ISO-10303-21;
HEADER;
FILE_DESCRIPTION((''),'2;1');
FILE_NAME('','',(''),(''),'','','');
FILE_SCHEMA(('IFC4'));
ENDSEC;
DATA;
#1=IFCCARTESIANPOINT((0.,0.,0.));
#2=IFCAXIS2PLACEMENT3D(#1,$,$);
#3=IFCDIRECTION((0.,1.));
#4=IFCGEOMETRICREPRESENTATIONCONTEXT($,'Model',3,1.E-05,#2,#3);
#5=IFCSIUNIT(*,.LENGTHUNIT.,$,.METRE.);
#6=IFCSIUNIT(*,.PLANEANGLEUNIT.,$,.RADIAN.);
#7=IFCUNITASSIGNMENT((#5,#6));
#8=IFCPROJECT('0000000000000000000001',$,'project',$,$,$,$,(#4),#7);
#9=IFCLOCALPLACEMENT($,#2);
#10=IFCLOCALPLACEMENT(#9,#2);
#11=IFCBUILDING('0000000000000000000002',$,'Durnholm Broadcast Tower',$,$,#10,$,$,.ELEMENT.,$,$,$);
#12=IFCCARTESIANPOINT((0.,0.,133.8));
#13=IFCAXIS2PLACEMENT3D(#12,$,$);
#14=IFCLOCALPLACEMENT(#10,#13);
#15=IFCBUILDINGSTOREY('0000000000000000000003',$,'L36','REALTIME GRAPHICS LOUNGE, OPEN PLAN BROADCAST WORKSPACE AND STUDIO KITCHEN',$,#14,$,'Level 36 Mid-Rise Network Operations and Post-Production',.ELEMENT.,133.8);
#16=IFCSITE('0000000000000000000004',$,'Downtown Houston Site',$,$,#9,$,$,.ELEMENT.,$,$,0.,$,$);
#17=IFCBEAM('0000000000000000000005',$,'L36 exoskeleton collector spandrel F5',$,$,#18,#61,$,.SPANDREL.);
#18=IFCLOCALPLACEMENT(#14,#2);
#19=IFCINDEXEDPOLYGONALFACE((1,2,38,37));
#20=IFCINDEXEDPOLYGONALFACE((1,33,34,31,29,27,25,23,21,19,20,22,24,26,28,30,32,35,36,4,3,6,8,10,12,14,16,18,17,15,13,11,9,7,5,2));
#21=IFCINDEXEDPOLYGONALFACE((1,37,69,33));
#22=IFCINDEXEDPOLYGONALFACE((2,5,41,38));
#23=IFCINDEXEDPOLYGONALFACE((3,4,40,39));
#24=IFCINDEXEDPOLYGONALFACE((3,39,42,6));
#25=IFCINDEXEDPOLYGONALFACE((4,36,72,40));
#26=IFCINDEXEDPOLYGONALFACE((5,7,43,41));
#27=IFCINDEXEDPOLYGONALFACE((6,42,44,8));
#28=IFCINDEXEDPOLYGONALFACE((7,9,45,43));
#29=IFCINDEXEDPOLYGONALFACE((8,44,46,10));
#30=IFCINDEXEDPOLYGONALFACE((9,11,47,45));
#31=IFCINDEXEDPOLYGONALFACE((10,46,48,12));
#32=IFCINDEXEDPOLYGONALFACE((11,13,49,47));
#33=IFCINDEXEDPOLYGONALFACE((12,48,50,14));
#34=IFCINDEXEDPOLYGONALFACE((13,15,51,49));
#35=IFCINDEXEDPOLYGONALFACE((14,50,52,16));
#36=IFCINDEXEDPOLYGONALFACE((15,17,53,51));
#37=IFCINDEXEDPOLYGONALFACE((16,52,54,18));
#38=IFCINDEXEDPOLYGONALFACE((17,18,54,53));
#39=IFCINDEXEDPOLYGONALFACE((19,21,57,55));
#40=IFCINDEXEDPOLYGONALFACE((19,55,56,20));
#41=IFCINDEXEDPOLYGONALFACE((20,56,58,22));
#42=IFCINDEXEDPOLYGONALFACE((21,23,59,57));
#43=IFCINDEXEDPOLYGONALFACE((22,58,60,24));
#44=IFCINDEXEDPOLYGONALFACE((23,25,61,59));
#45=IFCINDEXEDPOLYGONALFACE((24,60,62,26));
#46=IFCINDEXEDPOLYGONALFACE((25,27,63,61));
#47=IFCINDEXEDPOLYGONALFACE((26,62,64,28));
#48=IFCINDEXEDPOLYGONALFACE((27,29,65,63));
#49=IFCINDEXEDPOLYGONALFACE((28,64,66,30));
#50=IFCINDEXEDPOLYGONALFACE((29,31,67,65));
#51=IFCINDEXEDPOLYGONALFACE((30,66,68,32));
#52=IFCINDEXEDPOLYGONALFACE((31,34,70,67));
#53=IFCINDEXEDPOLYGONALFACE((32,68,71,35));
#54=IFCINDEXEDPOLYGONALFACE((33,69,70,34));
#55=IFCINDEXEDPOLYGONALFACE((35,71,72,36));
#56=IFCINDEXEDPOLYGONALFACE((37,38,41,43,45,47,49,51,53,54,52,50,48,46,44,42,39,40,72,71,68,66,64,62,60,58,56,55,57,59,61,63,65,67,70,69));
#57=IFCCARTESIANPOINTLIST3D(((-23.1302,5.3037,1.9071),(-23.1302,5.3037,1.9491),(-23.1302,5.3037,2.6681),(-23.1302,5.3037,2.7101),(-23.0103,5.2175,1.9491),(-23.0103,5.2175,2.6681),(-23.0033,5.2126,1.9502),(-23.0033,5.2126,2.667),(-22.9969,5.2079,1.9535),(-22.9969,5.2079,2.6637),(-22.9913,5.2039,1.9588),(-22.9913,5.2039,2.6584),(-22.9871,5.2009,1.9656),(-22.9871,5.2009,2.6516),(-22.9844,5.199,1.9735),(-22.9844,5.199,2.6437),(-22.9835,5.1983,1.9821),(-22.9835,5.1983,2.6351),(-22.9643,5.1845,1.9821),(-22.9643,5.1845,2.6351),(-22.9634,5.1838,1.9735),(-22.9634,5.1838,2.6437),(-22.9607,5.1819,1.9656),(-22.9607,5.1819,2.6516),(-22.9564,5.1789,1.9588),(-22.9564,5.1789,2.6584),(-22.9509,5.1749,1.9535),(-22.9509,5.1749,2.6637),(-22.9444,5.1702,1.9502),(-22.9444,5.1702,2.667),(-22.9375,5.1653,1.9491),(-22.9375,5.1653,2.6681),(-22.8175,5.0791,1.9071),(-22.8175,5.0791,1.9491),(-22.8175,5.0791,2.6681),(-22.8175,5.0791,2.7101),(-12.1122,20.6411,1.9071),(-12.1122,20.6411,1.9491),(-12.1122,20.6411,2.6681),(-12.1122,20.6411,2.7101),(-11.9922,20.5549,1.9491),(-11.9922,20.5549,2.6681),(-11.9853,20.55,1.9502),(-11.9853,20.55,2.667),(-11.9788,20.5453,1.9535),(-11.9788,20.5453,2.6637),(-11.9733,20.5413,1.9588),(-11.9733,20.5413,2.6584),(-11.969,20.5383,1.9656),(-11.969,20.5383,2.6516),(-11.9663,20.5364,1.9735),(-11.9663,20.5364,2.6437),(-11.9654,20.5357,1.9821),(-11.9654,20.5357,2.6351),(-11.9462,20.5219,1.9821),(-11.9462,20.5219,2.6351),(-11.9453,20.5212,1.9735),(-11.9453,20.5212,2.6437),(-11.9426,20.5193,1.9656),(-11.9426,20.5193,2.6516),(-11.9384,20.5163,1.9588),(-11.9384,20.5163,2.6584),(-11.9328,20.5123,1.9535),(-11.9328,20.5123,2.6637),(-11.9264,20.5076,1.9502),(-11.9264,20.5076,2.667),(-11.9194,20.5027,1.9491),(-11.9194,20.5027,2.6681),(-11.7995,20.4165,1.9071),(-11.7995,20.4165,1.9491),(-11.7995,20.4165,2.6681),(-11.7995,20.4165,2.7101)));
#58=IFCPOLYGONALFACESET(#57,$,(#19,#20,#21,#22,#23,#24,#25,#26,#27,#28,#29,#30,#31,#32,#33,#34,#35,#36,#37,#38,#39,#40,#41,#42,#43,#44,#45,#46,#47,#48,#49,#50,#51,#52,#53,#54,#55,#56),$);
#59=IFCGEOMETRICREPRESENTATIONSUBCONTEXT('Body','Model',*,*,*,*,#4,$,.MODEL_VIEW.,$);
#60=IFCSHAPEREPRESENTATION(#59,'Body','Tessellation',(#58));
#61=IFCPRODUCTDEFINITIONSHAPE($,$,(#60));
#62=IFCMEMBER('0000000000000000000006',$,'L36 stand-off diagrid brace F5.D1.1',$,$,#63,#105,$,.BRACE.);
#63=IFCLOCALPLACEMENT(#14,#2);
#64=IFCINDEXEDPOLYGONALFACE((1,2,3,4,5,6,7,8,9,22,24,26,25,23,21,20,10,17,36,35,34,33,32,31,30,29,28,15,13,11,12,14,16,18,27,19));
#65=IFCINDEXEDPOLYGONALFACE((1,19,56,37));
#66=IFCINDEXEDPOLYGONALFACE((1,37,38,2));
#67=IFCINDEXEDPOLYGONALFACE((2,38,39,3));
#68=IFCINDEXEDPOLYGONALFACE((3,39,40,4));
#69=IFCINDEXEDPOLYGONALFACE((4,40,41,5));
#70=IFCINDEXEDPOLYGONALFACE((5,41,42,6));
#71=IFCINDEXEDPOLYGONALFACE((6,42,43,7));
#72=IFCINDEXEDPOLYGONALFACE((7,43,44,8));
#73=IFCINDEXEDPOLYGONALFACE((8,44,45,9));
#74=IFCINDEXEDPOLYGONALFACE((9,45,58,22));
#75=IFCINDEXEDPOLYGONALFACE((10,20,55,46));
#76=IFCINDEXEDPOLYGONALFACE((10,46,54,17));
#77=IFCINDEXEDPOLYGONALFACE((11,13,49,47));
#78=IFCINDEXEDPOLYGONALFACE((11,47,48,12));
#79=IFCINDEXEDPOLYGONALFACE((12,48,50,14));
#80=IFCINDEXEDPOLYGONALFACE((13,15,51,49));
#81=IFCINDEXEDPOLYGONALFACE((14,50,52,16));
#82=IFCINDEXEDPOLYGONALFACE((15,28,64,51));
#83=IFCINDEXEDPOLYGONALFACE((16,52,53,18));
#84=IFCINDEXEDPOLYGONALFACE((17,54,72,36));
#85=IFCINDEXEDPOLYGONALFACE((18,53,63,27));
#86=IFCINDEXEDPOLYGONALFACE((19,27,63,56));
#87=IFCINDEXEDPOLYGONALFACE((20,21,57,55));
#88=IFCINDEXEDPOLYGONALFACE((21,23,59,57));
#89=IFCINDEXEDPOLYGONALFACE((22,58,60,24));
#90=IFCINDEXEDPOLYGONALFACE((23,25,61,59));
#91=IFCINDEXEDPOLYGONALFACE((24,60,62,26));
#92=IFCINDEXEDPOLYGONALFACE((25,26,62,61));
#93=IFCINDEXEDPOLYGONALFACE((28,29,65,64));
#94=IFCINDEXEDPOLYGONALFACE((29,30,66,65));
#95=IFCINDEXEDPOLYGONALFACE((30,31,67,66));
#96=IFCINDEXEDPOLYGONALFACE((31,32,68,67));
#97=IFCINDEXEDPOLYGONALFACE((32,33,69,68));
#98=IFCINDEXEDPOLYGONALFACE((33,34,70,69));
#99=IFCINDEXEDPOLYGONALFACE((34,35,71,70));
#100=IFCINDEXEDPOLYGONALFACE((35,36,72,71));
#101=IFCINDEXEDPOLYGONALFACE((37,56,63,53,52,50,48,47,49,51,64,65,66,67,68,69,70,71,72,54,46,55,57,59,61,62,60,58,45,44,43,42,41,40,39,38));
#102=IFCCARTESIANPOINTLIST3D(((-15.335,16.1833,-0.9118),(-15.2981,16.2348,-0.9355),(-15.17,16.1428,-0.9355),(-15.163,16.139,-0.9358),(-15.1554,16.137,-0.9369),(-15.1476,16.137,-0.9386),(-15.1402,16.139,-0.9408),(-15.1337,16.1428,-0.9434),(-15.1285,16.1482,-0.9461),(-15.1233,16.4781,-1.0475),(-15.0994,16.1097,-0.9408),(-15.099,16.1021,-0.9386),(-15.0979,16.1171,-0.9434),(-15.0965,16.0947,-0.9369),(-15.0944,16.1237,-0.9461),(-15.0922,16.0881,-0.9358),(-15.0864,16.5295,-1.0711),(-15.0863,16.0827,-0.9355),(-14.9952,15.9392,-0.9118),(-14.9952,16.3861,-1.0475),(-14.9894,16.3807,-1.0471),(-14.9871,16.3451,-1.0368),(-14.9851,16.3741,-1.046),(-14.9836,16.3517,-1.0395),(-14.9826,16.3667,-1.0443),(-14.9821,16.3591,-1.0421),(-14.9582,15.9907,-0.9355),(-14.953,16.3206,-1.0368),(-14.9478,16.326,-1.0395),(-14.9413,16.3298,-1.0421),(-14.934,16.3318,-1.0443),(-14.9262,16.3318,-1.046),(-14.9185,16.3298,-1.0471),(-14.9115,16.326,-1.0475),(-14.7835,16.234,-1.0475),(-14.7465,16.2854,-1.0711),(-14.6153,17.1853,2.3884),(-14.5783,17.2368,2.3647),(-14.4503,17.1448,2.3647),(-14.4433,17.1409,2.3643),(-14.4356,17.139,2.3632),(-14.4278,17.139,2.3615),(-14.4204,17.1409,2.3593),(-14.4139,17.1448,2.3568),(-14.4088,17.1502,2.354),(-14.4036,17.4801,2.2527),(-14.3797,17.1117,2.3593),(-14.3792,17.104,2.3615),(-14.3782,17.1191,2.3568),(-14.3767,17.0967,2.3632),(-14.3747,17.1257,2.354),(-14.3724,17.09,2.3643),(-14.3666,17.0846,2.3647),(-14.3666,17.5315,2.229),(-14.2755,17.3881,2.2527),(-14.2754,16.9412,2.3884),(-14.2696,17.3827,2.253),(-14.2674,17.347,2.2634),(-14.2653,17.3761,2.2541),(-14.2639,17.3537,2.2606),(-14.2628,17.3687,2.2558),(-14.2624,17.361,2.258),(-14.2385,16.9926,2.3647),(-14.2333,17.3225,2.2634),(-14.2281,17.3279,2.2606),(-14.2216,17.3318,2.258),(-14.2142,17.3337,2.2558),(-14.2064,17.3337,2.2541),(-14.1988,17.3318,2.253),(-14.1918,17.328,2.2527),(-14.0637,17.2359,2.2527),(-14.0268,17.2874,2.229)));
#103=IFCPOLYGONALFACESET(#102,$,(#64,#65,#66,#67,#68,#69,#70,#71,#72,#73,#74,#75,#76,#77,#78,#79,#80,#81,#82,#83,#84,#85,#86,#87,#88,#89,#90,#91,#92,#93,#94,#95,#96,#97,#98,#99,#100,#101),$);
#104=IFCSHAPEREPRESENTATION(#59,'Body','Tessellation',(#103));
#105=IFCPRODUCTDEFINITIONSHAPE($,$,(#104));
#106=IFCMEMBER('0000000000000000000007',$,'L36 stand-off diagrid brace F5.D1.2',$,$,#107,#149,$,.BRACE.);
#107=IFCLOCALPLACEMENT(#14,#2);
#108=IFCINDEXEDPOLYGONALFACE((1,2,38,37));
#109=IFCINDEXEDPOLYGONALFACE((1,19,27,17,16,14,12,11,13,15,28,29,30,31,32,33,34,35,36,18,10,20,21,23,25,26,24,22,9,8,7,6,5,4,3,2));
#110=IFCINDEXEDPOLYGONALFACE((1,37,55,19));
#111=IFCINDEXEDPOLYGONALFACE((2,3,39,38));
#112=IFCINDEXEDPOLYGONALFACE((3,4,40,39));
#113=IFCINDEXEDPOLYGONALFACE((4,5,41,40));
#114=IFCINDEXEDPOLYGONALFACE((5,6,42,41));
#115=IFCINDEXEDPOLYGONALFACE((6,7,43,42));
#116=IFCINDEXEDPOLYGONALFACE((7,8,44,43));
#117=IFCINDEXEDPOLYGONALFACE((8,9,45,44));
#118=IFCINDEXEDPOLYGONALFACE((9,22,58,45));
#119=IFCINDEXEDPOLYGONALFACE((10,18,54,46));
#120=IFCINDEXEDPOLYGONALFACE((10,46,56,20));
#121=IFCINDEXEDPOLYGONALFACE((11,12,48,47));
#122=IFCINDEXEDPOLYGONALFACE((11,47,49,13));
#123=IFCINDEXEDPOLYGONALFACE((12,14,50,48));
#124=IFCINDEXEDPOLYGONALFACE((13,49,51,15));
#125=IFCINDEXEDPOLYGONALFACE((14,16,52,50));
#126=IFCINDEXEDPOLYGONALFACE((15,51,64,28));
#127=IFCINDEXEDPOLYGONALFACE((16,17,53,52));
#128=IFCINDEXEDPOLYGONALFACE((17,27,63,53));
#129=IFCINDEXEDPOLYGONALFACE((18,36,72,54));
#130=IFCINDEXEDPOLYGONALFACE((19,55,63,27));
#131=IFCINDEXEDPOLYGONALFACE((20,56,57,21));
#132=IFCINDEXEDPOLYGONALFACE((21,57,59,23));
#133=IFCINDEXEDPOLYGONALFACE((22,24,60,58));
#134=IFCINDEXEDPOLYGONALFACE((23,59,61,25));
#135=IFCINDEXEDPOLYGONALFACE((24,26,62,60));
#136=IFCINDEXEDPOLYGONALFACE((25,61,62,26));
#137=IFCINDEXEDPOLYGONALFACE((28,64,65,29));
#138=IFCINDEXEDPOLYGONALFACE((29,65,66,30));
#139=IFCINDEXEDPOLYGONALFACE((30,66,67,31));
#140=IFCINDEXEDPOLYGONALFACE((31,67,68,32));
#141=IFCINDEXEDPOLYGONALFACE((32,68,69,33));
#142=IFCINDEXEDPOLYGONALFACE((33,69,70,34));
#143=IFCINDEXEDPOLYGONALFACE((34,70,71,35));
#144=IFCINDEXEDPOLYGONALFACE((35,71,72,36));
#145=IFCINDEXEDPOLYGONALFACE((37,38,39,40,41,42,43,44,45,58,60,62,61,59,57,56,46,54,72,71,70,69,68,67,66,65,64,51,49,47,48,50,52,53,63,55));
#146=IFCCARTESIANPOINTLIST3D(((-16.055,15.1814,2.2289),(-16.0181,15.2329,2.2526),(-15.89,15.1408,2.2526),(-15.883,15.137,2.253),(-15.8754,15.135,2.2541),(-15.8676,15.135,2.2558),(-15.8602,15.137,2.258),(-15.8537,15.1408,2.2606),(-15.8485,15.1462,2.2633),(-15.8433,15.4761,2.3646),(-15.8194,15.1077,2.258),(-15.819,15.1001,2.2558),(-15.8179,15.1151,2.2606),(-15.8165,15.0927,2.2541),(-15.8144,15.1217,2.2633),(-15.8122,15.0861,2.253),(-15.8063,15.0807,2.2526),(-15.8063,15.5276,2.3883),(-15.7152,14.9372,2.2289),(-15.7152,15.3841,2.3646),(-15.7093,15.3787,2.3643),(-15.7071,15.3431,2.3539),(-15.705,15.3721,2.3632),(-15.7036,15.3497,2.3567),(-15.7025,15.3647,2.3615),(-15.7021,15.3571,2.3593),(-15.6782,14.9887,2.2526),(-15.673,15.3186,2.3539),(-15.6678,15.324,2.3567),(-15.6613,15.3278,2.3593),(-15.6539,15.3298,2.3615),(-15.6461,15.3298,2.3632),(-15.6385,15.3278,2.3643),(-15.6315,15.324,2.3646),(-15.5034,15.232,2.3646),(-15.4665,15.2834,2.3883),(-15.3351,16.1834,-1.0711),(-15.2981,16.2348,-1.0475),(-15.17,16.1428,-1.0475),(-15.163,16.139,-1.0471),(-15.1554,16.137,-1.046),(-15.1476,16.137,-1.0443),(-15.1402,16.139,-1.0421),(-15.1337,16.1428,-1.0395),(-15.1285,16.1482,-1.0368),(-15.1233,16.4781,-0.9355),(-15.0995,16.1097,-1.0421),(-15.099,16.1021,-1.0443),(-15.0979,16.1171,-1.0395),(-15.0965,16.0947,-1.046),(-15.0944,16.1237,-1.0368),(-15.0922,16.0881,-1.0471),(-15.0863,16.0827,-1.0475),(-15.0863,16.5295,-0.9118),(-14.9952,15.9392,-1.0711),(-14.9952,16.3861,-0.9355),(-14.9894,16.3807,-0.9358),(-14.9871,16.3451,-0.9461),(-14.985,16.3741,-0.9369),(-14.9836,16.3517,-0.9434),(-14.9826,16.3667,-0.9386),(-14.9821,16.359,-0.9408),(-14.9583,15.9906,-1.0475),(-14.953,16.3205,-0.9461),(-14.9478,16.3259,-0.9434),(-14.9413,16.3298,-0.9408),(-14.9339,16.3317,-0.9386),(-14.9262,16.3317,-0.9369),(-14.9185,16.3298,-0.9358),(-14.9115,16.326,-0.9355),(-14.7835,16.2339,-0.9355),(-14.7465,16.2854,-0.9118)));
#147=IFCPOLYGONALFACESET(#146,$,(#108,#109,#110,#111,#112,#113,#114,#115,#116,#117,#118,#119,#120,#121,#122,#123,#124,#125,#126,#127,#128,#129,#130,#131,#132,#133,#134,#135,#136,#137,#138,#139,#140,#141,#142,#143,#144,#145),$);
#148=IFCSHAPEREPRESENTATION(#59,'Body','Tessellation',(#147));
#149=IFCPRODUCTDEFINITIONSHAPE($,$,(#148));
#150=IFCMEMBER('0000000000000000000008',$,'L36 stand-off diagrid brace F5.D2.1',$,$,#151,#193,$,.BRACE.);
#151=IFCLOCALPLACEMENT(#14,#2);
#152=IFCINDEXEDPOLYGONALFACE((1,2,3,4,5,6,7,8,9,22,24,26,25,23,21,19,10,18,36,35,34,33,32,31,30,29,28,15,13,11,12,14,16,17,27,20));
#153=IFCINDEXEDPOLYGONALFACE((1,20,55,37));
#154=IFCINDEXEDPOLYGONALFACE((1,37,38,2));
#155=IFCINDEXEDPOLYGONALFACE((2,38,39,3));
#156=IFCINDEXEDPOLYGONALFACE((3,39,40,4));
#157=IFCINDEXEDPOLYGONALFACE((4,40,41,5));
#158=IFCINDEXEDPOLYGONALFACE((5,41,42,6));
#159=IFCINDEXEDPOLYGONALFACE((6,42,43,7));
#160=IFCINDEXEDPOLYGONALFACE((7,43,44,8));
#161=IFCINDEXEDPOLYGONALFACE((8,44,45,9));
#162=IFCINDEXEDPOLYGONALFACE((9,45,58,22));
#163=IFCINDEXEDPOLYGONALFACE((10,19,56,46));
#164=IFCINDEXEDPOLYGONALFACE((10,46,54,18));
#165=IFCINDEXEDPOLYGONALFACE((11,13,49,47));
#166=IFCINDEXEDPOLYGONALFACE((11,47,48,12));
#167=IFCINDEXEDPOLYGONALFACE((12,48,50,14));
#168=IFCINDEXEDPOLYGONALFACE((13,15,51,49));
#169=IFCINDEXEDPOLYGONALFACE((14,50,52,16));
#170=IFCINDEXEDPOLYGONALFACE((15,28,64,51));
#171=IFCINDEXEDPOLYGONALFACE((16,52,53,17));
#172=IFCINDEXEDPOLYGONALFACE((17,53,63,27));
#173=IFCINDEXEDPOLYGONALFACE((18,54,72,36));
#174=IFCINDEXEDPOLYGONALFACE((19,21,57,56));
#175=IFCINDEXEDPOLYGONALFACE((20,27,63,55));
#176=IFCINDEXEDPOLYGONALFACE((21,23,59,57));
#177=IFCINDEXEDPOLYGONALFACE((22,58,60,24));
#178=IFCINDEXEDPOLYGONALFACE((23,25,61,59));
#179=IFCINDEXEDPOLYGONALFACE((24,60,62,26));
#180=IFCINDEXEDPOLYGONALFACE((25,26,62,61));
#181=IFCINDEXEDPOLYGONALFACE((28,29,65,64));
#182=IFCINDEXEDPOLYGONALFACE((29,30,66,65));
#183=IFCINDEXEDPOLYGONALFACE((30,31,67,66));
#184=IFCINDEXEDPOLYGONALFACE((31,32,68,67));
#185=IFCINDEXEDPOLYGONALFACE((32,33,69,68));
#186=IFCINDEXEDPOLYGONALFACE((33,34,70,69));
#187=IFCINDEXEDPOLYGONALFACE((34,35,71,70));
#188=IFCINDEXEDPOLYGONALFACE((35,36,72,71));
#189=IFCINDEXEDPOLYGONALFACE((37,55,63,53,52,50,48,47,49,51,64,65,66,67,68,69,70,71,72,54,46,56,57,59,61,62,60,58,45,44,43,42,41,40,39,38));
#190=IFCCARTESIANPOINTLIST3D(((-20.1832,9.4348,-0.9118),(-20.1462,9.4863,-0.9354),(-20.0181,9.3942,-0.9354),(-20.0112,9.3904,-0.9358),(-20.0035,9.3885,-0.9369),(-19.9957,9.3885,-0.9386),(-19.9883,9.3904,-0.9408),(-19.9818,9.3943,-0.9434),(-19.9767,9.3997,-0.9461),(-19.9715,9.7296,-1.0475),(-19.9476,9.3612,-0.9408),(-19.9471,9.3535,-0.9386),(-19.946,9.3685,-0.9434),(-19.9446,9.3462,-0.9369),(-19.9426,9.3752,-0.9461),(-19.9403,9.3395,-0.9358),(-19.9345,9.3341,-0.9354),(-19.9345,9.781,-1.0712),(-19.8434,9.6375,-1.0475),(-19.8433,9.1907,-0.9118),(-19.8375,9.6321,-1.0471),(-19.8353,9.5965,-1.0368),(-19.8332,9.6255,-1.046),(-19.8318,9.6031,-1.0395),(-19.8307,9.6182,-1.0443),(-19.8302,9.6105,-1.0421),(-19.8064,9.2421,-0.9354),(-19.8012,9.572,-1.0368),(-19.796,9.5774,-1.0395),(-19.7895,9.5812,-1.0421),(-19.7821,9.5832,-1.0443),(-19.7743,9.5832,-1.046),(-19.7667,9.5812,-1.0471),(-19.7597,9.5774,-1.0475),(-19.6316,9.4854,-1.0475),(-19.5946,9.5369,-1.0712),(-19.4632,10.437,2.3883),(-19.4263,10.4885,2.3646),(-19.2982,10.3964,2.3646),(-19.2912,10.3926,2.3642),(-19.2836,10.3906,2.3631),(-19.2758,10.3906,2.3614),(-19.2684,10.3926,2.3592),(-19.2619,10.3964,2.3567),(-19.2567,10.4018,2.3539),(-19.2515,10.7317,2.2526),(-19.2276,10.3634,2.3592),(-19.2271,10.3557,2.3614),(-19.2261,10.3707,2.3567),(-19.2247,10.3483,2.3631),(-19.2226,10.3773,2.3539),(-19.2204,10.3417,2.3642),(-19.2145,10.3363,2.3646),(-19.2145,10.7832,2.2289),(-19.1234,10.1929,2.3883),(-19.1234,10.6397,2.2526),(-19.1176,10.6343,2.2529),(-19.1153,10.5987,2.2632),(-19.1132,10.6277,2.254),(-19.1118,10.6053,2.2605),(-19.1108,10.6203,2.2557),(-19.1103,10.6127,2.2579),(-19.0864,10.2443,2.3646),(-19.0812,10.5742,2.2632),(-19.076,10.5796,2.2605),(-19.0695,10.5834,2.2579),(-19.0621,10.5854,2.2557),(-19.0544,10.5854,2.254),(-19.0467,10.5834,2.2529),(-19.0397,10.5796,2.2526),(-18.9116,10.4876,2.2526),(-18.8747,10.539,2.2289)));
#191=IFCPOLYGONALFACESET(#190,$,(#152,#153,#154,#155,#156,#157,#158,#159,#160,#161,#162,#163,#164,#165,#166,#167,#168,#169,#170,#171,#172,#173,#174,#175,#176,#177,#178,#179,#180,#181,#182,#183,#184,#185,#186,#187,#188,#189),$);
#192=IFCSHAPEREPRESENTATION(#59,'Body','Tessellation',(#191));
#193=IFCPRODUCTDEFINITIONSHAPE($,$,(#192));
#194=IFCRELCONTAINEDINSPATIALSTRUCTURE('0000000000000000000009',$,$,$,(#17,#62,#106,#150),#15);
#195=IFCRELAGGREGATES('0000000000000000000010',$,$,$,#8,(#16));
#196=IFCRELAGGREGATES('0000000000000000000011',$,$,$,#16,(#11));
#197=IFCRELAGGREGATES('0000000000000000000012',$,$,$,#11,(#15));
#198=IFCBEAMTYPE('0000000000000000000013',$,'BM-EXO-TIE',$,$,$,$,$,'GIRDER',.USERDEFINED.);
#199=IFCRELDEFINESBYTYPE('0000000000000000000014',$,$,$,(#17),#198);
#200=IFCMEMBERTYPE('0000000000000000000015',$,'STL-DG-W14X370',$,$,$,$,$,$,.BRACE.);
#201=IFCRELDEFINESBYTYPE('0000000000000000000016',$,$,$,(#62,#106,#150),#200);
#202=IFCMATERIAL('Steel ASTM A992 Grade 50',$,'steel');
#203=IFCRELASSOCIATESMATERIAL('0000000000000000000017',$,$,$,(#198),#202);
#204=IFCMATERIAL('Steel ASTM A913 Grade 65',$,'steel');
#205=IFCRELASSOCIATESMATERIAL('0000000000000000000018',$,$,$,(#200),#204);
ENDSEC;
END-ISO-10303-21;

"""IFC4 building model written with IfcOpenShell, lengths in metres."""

from ifc_helpers import new_model, si_unit, direction, frame, origin, origin_2d, place, context, subcontext, project, spatial, i_section, extrude, source, transform, mapped, material, material_profile, profile_set, type_object, type_shapes, element, save


model = new_model("IFC4")

# Units and contexts
model_context = context("Model", 3, precision=1e-05, world=origin(), true_north=direction((0.0, 1.0)))
body_context = subcontext(model_context, "Body", "Model", "MODEL_VIEW")
ifc_project = project(units=[si_unit("LENGTHUNIT", "METRE"), si_unit("PLANEANGLEUNIT", "RADIAN")], contexts=[model_context])

# Site, building, storey
site_placement = place(None, origin())
site = spatial("IfcSite", under=ifc_project, at=site_placement, Name="Downtown Houston Site", CompositionType="ELEMENT", RefElevation=0.0)
building_placement = place(site_placement, origin())
building = spatial("IfcBuilding", under=site, at=building_placement, Name="Durnholm Broadcast Tower", CompositionType="ELEMENT")
storey_placement = place(building_placement, frame((0.0, 0.0, 133.8)))
storey = spatial("IfcBuildingStorey", under=building, at=storey_placement, Name="L36", Description="REALTIME GRAPHICS LOUNGE, OPEN PLAN BROADCAST WORKSPACE AND STUDIO KITCHEN", LongName="Level 36 Mid-Rise Network Operations and Post-Production", CompositionType="ELEMENT", Elevation=133.8)

# Beam
ifc_material_1 = material(Name="Steel ASTM A992 Grade 50", Category="steel")
ifc_material_profile_1 = material_profile(ifc_material_1, i_section(OverallWidth=0.385, OverallDepth=0.803, WebThickness=0.0237, FlangeThickness=0.042, FilletRadius=0.033, at=origin_2d()), Name="W30X261")
ifc_profile_set_1 = profile_set([ifc_material_profile_1], Name="Steel ASTM A992 Grade 50")
beam_type = type_object("IfcBeamType", Name="BM-EXO-TIE", ElementType="GIRDER", PredefinedType="USERDEFINED", material=ifc_profile_set_1)
shared_shape_1 = source(origin(), body_context, "Body", "SweptSolid", [
    extrude(i_section(OverallWidth=0.385, OverallDepth=0.803, WebThickness=0.0237, FlangeThickness=0.042, FilletRadius=0.033, at=origin_2d()), origin(), (0.0, 0.0, 1.0), 18.8848),
])
type_shapes(beam_type, [shared_shape_1])
beam_placement = place(storey_placement, frame((-11.9558, 20.5288, 2.3086), z_axis=(-0.583437, -0.812158, 0.0), x_axis=(0.812158, -0.583437, 0.0)))
element("IfcBeam", 1, at=beam_placement, inside=storey, type_object=beam_type, Name="L36 exoskeleton collector spandrel F5", PredefinedType="SPANDREL", context=body_context, shape_type="MappedRepresentation", body=[
    mapped(shared_shape_1, transform((0.0, 0.0, 0.0), x_axis=(1.0, 0.0, 0.0), y_axis=(0.0, 1.0, 0.0), z_axis=(0.0, 0.0, 1.0), scale=1.0)),
])

# Members
ifc_material_2 = material(Name="Steel ASTM A913 Grade 65", Category="steel")
ifc_material_profile_2 = material_profile(ifc_material_2, i_section(OverallWidth=0.4185, OverallDepth=0.4551, WebThickness=0.042, FlangeThickness=0.0676, FilletRadius=0.0305, at=origin_2d()), Name="W14X370")
ifc_profile_set_2 = profile_set([ifc_material_profile_2], Name="Steel ASTM A913 Grade 65")
member_type_1 = type_object("IfcMemberType", Name="STL-DG-W14X370", PredefinedType="BRACE", material=ifc_profile_set_2)
shared_shape_2 = source(origin(), body_context, "Body", "SweptSolid", [
    extrude(i_section(OverallWidth=0.4185, OverallDepth=0.4551, WebThickness=0.042, FlangeThickness=0.0676, FilletRadius=0.0305, at=origin_2d()), origin(), (0.0, 0.0, 1.0), 3.5232),
])
type_shapes(member_type_1, [shared_shape_2])
for number, where, z_axis, x_axis, name in (
    (2, (-15.0408, 16.2344, -0.9915), (0.204288, 0.284395, 0.936689), (-0.812179, 0.583408, 0.0), "L36 stand-off diagrid brace F5.D1.1"),
    (3, (-15.0408, 16.2344, -0.9915), (-0.204354, -0.284391, 0.936675), (0.812086, -0.583538, 0.0), "L36 stand-off diagrid brace F5.D1.2"),
    (4, (-19.8889, 9.4858, -0.9915), (0.20435, 0.284455, 0.936657), (-0.812153, 0.583444, 0.0), "L36 stand-off diagrid brace F5.D2.1"),
):
    element("IfcMember", number, at=place(storey_placement, frame(where, z_axis=z_axis, x_axis=x_axis)), inside=storey, type_object=member_type_1, Name=name, PredefinedType="BRACE", context=body_context, shape_type="MappedRepresentation", body=[
        mapped(shared_shape_2, transform((0.0, 0.0, 0.0), x_axis=(1.0, 0.0, 0.0), y_axis=(0.0, 1.0, 0.0), z_axis=(0.0, 0.0, 1.0), scale=1.0)),
    ])

save(model, "model.ifc")
